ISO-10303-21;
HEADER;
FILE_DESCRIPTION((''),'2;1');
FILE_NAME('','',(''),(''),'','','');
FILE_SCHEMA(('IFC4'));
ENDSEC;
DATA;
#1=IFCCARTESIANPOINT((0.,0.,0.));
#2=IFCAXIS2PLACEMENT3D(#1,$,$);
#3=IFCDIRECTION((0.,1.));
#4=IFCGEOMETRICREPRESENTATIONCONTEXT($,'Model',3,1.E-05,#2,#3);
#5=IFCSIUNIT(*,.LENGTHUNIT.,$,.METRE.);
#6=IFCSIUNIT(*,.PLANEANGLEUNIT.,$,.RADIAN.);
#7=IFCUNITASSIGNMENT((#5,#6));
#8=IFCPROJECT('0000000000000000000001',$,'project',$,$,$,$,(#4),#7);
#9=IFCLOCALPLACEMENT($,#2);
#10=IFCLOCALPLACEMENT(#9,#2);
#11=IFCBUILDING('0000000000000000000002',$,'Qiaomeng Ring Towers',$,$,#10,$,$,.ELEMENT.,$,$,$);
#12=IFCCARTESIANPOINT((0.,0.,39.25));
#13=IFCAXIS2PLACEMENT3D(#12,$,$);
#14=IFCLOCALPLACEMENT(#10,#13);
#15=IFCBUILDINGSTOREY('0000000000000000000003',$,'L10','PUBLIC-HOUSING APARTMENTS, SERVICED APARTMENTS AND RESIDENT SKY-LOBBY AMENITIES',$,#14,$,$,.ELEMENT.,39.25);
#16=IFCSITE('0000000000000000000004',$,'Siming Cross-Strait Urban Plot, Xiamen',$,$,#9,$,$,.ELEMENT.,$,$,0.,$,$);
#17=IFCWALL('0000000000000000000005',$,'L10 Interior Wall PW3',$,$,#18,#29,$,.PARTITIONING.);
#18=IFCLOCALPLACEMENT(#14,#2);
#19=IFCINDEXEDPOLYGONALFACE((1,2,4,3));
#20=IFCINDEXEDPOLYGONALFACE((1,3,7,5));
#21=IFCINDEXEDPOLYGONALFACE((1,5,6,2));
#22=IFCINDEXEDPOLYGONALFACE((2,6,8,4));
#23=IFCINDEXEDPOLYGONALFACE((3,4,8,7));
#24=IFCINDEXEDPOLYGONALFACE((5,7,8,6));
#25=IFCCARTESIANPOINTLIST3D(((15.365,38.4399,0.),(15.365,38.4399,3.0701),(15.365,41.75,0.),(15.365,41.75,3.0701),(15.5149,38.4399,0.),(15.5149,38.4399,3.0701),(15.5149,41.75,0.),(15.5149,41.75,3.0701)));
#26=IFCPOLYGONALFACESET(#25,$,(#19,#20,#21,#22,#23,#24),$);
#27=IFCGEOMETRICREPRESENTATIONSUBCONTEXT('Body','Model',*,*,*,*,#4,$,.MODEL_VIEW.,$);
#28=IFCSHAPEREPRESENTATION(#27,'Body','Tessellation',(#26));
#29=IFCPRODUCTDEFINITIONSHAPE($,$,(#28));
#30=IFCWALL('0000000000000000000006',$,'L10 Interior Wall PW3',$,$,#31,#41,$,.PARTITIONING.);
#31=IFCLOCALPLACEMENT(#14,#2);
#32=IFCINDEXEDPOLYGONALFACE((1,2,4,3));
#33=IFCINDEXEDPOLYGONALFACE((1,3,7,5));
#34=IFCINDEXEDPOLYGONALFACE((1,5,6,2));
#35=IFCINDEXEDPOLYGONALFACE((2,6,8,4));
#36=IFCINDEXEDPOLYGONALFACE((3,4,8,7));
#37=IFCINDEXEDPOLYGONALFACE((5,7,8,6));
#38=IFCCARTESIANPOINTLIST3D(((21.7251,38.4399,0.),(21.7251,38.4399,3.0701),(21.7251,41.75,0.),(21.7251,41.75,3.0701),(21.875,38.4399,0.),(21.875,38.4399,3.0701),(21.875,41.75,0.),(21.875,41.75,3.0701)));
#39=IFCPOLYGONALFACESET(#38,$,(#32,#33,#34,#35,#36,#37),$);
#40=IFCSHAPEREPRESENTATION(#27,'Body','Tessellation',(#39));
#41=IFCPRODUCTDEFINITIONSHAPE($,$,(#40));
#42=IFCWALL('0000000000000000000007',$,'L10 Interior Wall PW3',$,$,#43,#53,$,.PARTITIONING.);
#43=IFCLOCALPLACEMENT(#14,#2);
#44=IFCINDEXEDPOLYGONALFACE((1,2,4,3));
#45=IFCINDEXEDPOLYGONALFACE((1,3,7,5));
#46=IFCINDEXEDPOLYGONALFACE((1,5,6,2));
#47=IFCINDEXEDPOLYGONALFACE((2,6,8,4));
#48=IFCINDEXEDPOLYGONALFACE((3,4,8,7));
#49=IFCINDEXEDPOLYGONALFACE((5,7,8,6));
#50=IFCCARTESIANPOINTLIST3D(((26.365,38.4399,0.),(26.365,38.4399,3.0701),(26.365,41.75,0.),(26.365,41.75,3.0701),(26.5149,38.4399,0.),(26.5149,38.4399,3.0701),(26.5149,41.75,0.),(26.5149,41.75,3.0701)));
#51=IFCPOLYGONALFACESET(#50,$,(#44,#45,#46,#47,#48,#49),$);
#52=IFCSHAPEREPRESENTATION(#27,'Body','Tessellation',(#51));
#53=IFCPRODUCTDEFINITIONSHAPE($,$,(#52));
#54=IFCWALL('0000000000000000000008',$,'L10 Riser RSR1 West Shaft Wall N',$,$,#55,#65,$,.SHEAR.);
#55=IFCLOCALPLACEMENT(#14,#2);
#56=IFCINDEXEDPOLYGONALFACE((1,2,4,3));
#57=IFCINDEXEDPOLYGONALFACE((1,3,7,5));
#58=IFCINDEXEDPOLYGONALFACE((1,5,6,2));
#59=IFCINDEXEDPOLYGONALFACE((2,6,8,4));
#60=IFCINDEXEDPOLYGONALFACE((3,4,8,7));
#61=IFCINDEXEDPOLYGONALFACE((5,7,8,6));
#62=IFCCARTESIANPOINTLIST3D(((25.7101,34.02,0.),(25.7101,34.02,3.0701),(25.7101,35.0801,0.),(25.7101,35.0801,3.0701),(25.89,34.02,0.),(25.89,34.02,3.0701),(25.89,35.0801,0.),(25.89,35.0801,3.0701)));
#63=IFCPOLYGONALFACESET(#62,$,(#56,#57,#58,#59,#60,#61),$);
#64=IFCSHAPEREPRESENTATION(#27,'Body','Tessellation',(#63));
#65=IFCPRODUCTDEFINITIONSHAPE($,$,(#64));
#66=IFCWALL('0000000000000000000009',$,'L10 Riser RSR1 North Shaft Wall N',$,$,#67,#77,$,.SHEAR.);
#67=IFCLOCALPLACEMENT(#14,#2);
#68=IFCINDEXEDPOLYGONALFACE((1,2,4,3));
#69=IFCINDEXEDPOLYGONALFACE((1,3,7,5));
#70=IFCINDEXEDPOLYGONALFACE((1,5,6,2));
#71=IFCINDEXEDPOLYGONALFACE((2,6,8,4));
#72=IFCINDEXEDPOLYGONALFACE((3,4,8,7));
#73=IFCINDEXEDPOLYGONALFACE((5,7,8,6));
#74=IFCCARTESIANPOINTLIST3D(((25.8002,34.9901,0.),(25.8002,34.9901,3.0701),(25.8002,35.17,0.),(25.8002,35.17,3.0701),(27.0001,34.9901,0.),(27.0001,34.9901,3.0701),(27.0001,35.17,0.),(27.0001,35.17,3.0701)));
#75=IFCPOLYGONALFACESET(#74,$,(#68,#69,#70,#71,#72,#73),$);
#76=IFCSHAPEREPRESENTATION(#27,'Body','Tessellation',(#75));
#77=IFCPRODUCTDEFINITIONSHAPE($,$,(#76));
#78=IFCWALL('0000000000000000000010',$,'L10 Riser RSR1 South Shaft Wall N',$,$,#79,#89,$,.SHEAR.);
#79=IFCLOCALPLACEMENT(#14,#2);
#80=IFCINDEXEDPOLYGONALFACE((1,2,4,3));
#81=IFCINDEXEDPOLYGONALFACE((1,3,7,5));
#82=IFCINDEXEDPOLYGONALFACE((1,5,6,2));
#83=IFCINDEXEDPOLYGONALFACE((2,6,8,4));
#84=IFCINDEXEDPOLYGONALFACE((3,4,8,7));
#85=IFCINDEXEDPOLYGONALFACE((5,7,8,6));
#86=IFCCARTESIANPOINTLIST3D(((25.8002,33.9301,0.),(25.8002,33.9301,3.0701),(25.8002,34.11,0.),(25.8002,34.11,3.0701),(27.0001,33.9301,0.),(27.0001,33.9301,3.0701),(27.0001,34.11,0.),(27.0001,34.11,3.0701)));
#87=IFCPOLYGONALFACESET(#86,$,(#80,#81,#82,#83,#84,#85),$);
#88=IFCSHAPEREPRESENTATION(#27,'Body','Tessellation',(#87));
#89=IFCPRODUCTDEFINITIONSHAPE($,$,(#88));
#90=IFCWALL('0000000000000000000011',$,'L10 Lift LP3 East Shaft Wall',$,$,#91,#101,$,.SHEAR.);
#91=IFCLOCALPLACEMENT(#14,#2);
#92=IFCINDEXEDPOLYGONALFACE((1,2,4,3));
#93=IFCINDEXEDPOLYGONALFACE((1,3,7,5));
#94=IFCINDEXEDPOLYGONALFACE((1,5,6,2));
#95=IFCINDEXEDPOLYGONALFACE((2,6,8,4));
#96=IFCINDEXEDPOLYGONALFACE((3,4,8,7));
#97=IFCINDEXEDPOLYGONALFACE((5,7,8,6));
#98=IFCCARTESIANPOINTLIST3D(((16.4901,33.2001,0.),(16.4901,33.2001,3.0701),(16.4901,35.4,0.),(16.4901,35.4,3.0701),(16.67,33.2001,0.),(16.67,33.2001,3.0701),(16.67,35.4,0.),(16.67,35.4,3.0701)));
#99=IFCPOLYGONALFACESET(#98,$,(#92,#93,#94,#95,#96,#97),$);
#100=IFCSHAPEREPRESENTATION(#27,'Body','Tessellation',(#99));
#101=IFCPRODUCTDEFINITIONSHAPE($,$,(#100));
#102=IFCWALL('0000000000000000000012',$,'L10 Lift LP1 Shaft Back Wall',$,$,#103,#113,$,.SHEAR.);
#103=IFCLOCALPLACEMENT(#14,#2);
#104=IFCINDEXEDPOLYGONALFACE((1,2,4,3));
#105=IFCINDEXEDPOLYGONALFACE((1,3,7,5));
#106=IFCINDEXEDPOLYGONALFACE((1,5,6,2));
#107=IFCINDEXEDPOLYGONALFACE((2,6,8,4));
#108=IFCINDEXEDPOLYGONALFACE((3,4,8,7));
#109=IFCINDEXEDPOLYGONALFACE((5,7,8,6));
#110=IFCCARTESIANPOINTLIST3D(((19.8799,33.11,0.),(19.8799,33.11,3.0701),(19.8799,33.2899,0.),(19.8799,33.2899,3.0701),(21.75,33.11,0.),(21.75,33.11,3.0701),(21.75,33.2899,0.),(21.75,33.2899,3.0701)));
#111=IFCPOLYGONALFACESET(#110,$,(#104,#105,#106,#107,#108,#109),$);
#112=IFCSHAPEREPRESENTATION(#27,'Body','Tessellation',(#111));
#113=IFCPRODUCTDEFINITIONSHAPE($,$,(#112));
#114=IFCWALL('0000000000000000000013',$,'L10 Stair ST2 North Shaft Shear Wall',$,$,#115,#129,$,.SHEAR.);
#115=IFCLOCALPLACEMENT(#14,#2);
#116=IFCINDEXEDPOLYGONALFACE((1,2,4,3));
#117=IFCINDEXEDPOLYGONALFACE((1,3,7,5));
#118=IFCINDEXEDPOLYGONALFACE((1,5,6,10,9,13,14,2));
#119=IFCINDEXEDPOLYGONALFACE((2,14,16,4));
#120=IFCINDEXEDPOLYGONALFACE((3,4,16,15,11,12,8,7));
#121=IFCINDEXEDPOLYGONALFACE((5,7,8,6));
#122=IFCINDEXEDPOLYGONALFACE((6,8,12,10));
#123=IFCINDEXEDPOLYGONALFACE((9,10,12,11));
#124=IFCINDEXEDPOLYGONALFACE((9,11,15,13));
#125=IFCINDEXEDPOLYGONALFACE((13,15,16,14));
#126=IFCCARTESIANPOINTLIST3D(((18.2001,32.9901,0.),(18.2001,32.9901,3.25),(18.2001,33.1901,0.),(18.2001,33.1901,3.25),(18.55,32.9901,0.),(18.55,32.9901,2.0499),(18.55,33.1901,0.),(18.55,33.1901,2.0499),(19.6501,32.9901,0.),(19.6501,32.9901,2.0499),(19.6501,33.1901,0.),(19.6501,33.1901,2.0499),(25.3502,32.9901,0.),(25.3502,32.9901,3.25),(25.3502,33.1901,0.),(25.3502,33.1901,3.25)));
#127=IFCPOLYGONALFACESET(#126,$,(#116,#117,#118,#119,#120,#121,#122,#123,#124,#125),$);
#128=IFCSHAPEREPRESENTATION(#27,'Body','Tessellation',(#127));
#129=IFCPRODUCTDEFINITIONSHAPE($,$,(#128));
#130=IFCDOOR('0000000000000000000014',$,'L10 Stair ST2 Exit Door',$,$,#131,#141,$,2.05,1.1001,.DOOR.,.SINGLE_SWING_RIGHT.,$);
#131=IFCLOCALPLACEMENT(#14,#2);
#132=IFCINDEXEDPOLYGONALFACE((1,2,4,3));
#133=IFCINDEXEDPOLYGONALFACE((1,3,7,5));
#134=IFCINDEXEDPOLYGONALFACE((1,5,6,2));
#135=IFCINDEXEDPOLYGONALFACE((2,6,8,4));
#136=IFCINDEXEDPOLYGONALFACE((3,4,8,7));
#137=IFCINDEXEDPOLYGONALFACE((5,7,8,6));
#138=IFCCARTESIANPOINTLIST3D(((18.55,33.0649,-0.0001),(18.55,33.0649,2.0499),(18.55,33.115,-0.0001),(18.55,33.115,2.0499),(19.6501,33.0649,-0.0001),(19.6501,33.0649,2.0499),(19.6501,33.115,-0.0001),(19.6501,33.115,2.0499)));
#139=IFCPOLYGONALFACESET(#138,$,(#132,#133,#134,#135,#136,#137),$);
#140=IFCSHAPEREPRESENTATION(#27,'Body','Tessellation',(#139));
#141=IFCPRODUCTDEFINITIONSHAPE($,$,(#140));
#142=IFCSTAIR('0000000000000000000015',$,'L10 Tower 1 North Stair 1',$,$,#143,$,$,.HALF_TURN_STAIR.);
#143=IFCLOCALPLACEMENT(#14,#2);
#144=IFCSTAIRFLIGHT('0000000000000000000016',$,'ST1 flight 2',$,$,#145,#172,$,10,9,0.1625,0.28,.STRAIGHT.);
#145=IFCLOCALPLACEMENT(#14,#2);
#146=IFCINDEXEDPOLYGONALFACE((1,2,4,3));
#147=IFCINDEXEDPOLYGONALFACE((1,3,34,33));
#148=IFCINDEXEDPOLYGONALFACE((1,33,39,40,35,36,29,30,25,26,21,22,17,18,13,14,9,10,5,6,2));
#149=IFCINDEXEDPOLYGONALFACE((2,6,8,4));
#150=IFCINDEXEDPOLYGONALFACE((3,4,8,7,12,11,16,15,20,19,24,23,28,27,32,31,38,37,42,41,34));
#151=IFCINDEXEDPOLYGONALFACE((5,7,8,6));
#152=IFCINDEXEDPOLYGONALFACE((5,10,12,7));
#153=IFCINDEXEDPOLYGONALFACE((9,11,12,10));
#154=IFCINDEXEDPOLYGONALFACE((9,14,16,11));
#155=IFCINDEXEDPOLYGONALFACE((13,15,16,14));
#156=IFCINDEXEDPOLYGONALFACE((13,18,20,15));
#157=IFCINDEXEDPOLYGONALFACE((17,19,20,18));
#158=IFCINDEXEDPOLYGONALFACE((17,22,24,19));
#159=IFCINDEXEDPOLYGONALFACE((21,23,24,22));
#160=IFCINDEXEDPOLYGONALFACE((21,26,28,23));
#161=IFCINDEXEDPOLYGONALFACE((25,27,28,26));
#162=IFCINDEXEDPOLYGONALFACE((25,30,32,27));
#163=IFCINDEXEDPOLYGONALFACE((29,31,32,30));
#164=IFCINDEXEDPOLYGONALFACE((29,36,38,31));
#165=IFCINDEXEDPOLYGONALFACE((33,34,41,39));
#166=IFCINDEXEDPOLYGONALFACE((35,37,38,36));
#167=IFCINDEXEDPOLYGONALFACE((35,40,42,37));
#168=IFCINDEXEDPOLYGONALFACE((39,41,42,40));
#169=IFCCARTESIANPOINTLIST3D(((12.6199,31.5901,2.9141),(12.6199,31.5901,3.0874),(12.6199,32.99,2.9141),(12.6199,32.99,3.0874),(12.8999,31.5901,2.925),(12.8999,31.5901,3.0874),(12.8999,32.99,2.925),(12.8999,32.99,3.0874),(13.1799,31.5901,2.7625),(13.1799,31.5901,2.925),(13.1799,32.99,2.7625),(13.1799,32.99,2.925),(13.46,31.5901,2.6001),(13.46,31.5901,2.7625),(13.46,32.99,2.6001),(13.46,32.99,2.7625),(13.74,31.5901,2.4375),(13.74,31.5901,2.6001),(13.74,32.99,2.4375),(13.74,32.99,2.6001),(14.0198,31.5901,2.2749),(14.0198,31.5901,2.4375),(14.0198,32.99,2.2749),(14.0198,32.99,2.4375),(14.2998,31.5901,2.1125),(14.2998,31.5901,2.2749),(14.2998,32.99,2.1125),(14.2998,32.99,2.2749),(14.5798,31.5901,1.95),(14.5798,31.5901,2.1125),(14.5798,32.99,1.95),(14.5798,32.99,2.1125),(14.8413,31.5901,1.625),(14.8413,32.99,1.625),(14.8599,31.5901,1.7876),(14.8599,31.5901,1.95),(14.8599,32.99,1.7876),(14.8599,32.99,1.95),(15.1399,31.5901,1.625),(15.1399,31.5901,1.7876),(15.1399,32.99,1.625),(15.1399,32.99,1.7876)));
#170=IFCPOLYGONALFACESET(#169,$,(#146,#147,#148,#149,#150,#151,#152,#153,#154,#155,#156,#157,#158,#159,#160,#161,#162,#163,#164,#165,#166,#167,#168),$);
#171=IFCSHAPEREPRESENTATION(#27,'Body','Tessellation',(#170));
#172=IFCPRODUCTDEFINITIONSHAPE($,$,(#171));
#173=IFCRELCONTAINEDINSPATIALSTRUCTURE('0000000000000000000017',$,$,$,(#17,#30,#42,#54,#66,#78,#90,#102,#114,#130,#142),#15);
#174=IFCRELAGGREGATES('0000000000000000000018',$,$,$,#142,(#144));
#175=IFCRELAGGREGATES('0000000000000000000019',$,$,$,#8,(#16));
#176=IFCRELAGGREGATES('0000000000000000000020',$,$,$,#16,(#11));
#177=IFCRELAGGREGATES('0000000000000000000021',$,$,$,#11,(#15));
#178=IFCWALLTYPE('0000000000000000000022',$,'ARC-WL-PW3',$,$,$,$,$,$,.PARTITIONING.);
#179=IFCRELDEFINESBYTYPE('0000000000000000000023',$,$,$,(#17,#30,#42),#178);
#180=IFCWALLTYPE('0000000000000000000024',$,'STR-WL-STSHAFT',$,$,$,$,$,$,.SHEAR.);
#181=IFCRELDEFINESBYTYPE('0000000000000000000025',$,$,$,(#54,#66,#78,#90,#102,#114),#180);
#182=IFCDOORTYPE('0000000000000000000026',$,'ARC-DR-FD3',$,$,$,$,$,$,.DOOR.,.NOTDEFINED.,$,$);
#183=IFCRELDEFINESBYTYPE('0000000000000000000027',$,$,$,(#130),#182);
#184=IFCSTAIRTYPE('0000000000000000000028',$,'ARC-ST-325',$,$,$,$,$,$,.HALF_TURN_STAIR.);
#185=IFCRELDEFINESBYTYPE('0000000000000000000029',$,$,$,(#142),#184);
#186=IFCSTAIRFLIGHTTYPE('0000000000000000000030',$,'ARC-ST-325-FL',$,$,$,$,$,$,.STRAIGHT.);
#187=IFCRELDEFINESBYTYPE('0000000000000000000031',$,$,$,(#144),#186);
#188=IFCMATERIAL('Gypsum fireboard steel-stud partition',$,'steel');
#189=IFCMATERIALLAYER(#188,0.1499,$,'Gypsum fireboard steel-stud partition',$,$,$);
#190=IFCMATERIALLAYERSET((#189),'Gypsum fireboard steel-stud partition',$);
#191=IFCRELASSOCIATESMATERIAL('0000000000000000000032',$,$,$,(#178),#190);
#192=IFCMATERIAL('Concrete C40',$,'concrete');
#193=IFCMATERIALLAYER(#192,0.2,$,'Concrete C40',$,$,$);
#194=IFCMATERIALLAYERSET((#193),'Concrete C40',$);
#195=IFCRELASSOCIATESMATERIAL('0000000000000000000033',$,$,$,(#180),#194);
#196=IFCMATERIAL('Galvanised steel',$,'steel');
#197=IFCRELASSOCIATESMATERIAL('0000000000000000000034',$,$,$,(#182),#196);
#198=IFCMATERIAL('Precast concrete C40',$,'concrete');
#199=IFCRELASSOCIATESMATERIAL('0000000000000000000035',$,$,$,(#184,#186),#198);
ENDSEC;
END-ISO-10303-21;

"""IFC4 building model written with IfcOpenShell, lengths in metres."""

from ifc_helpers import new_model, si_unit, direction, frame, frame_2d, origin, place, context, subcontext, project, spatial, polyline, rectangle, outline, extrude, source, transform, mapped, material, layer, layer_set, type_object, element, fill, aggregate, save


model = new_model("IFC4")

# Units and contexts
model_context = context("Model", 3, precision=1e-05, world=origin(), true_north=direction((0.0, 1.0)))
body_context = subcontext(model_context, "Body", "Model", "MODEL_VIEW")
ifc_project = project(units=[si_unit("LENGTHUNIT", "METRE"), si_unit("PLANEANGLEUNIT", "RADIAN")], contexts=[model_context])

# Site, building, storey
site_placement = place(None, origin())
site = spatial("IfcSite", under=ifc_project, at=site_placement, Name="Siming Cross-Strait Urban Plot, Xiamen", CompositionType="ELEMENT", RefElevation=0.0)
building_placement = place(site_placement, origin())
building = spatial("IfcBuilding", under=site, at=building_placement, Name="Qiaomeng Ring Towers", CompositionType="ELEMENT")
storey_placement = place(building_placement, frame((0.0, 0.0, 39.25)))
storey = spatial("IfcBuildingStorey", under=building, at=storey_placement, Name="L10", Description="PUBLIC-HOUSING APARTMENTS, SERVICED APARTMENTS AND RESIDENT SKY-LOBBY AMENITIES", CompositionType="ELEMENT", Elevation=39.25)

# Walls
ifc_material_1 = material(Name="Gypsum fireboard steel-stud partition", Category="steel")
ifc_layer_1 = layer(ifc_material_1, 0.1499, Name="Gypsum fireboard steel-stud partition")
ifc_layer_set_1 = layer_set([ifc_layer_1], Name="Gypsum fireboard steel-stud partition")
wall_type_1 = type_object("IfcWallType", Name="ARC-WL-PW3", PredefinedType="PARTITIONING", material=ifc_layer_set_1)
for number, where, z_axis, x_axis, name in (
    (1, (15.4399, 38.4399, 0.0), (0.0, 0.0, 1.0), (0.0, 1.0, 0.0), "L10 Interior Wall PW3"),
    (2, (21.8, 38.4399, 0.0), (0.0, 0.0, 1.0), (0.0, 1.0, 0.0), "L10 Interior Wall PW3"),
    (3, (26.4399, 38.4399, 0.0), (0.0, 0.0, 1.0), (0.0, 1.0, 0.0), "L10 Interior Wall PW3"),
):
    element("IfcWall", number, at=place(storey_placement, frame(where, z_axis=z_axis, x_axis=x_axis)), inside=storey, type_object=wall_type_1, Name=name, PredefinedType="PARTITIONING", context=body_context, shape_type="SweptSolid", body=[
        extrude(rectangle(XDim=3.3101, YDim=0.1499, at=frame_2d((1.655, 0.0))), origin(), (0.0, 0.0, 1.0), 3.0701),
    ])
ifc_material_2 = material(Name="Concrete C40", Category="concrete")
ifc_layer_2 = layer(ifc_material_2, 0.2, Name="Concrete C40")
ifc_layer_set_2 = layer_set([ifc_layer_2], Name="Concrete C40")
wall_type_2 = type_object("IfcWallType", Name="STR-WL-STSHAFT", PredefinedType="SHEAR", material=ifc_layer_set_2)
wall_1_placement = place(storey_placement, frame((25.8, 34.02, 0.0), z_axis=(0.0, 0.0, 1.0), x_axis=(0.0, 1.0, 0.0)))
element("IfcWall", 4, at=wall_1_placement, inside=storey, type_object=wall_type_2, Name="L10 Riser RSR1 West Shaft Wall N", PredefinedType="SHEAR", context=body_context, shape_type="SweptSolid", body=[
    extrude(rectangle(XDim=1.0601, YDim=0.1799, at=frame_2d((0.53, 0.0))), origin(), (0.0, 0.0, 1.0), 3.0701),
])
for number, where, z_axis, x_axis, name in (
    (5, (25.8, 35.0801, 0.0), (0.0, 0.0, 1.0), (1.0, 0.0, 0.0), "L10 Riser RSR1 North Shaft Wall N"),
    (6, (25.8, 34.02, 0.0), (0.0, 0.0, 1.0), (1.0, 0.0, 0.0), "L10 Riser RSR1 South Shaft Wall N"),
):
    element("IfcWall", number, at=place(storey_placement, frame(where, z_axis=z_axis, x_axis=x_axis)), inside=storey, type_object=wall_type_2, Name=name, PredefinedType="SHEAR", context=body_context, shape_type="SweptSolid", body=[
        extrude(rectangle(XDim=1.2, YDim=0.1799, at=frame_2d((0.6001, 0.0))), origin(), (0.0, 0.0, 1.0), 3.0701),
    ])
wall_2_placement = place(storey_placement, frame((16.5801, 33.2, 0.0), z_axis=(0.0, 0.0, 1.0), x_axis=(0.0, 1.0, 0.0)))
element("IfcWall", 7, at=wall_2_placement, inside=storey, type_object=wall_type_2, Name="L10 Lift LP3 East Shaft Wall", PredefinedType="SHEAR", context=body_context, shape_type="SweptSolid", body=[
    extrude(rectangle(XDim=2.2, YDim=0.1799, at=frame_2d((1.1001, 0.0))), origin(), (0.0, 0.0, 1.0), 3.0701),
])
wall_3_placement = place(storey_placement, frame((19.8799, 33.2, 0.0), z_axis=(0.0, 0.0, 1.0), x_axis=(1.0, 0.0, 0.0)))
element("IfcWall", 8, at=wall_3_placement, inside=storey, type_object=wall_type_2, Name="L10 Lift LP1 Shaft Back Wall", PredefinedType="SHEAR", context=body_context, shape_type="SweptSolid", body=[
    extrude(rectangle(XDim=1.8701, YDim=0.1799, at=frame_2d((0.9351, 0.0))), origin(), (0.0, 0.0, 1.0), 3.0701),
])

# Wall, opening, door
wall_4_placement = place(storey_placement, frame((18.2, 33.0901, 0.0), z_axis=(0.0, 0.0, 1.0), x_axis=(1.0, 0.0, 0.0)))
wall_4 = element("IfcWall", 9, at=wall_4_placement, inside=storey, type_object=wall_type_2, Name="L10 Stair ST2 North Shaft Shear Wall", PredefinedType="SHEAR", context=body_context, shape_type="SweptSolid", body=[
    extrude(rectangle(XDim=7.1501, YDim=0.2, at=frame_2d((3.5752, 0.0))), origin(), (0.0, 0.0, 1.0), 3.25),
])
opening_placement = place(wall_4_placement, frame((0.3501, 0.0, 0.0)))
opening = element("IfcOpeningElement", 10, at=opening_placement, cuts=wall_4, PredefinedType="OPENING", context=body_context, shape_type="SweptSolid", body=[
    extrude(rectangle(XDim=1.1001, YDim=2.05, at=frame_2d((0.55, 1.0249))), frame((0.0, 0.1099, 0.0), z_axis=(0.0, -1.0, 0.0), x_axis=(1.0, 0.0, 0.0)), (0.0, 0.0, 1.0), 0.22),
])
ifc_material_3 = material(Name="Galvanised steel", Category="steel")
door_type = type_object("IfcDoorType", Name="ARC-DR-FD3", OperationType="NOTDEFINED", PredefinedType="DOOR", material=ifc_material_3)
shared_shape_1 = source(origin(), body_context, "Body", "SweptSolid", [
    extrude(rectangle(XDim=1.1001, YDim=2.05, at=frame_2d((0.55, 1.0249))), frame((0.0, 0.0249, 0.0), z_axis=(0.0, -1.0, 0.0), x_axis=(1.0, 0.0, 0.0)), (0.0, 0.0, 1.0), 0.05),
])
door_placement = place(opening_placement, origin())
door = element("IfcDoor", 11, at=door_placement, inside=storey, type_object=door_type, Name="L10 Stair ST2 Exit Door", OperationType="SINGLE_SWING_RIGHT", OverallHeight=2.05, OverallWidth=1.1001, PredefinedType="DOOR", context=body_context, shape_type="MappedRepresentation", body=[
    mapped(shared_shape_1, transform((0.0, 0.0, 0.0), x_axis=(1.0, 0.0, 0.0), y_axis=(0.0, 1.0, 0.0), z_axis=(0.0, 0.0, 1.0), scale=1.0)),
])
fill(opening, door)

# Stair, stair flight
ifc_material_4 = material(Name="Precast concrete C40", Category="concrete")
stair_type = type_object("IfcStairType", Name="ARC-ST-325", PredefinedType="HALF_TURN_STAIR", material=ifc_material_4)
stair_1_placement = place(storey_placement, origin())
stair_1 = element("IfcStair", 12, at=stair_1_placement, inside=storey, type_object=stair_type, Name="L10 Tower 1 North Stair 1", PredefinedType="HALF_TURN_STAIR")
stair_flight_type = type_object("IfcStairFlightType", Name="ARC-ST-325-FL", PredefinedType="STRAIGHT", material=ifc_material_4)
shared_shape_2 = source(origin(), body_context, "Body", "SweptSolid", [
    extrude(outline(polyline([(0.0, 0.0), (0.0, 0.1626), (0.28, 0.1626), (0.28, 0.325), (0.5601, 0.325), (0.5601, 0.4875), (0.8401, 0.4875), (0.8401, 0.6499), (1.1201, 0.6499), (1.1201, 0.8125), (1.3999, 0.8125), (1.3999, 0.9751), (1.6799, 0.9751), (1.6799, 1.1375), (1.96, 1.1375), (1.96, 1.3), (2.24, 1.3), (2.24, 1.4624), (2.52, 1.4624), (2.52, 1.625), (2.52, 1.2891), (0.2986, 0.0), (0.0, 0.0)])), frame((0.0, 0.7, 0.0), z_axis=(0.0, -1.0, 0.0), x_axis=(1.0, 0.0, 0.0)), (0.0, 0.0, 1.0), 1.3999),
])
stair_flight_1_placement = place(storey_placement, frame((15.1399, 32.29, 1.625), z_axis=(0.0, 0.0, 1.0), x_axis=(-1.0, 0.0, 0.0)))
stair_flight_1 = element("IfcStairFlight", 13, at=stair_flight_1_placement, type_object=stair_flight_type, Name="ST1 flight 2", NumberOfRisers=10, NumberOfTreads=9, PredefinedType="STRAIGHT", RiserHeight=0.1625, TreadLength=0.28, context=body_context, shape_type="MappedRepresentation", body=[
    mapped(shared_shape_2, transform((0.0, 0.0, 0.0), x_axis=(1.0, 0.0, 0.0), y_axis=(0.0, 1.0, 0.0), z_axis=(0.0, 0.0, 1.0), scale=1.0)),
])
aggregate(stair_1, [stair_flight_1])

save(model, "model.ifc")
